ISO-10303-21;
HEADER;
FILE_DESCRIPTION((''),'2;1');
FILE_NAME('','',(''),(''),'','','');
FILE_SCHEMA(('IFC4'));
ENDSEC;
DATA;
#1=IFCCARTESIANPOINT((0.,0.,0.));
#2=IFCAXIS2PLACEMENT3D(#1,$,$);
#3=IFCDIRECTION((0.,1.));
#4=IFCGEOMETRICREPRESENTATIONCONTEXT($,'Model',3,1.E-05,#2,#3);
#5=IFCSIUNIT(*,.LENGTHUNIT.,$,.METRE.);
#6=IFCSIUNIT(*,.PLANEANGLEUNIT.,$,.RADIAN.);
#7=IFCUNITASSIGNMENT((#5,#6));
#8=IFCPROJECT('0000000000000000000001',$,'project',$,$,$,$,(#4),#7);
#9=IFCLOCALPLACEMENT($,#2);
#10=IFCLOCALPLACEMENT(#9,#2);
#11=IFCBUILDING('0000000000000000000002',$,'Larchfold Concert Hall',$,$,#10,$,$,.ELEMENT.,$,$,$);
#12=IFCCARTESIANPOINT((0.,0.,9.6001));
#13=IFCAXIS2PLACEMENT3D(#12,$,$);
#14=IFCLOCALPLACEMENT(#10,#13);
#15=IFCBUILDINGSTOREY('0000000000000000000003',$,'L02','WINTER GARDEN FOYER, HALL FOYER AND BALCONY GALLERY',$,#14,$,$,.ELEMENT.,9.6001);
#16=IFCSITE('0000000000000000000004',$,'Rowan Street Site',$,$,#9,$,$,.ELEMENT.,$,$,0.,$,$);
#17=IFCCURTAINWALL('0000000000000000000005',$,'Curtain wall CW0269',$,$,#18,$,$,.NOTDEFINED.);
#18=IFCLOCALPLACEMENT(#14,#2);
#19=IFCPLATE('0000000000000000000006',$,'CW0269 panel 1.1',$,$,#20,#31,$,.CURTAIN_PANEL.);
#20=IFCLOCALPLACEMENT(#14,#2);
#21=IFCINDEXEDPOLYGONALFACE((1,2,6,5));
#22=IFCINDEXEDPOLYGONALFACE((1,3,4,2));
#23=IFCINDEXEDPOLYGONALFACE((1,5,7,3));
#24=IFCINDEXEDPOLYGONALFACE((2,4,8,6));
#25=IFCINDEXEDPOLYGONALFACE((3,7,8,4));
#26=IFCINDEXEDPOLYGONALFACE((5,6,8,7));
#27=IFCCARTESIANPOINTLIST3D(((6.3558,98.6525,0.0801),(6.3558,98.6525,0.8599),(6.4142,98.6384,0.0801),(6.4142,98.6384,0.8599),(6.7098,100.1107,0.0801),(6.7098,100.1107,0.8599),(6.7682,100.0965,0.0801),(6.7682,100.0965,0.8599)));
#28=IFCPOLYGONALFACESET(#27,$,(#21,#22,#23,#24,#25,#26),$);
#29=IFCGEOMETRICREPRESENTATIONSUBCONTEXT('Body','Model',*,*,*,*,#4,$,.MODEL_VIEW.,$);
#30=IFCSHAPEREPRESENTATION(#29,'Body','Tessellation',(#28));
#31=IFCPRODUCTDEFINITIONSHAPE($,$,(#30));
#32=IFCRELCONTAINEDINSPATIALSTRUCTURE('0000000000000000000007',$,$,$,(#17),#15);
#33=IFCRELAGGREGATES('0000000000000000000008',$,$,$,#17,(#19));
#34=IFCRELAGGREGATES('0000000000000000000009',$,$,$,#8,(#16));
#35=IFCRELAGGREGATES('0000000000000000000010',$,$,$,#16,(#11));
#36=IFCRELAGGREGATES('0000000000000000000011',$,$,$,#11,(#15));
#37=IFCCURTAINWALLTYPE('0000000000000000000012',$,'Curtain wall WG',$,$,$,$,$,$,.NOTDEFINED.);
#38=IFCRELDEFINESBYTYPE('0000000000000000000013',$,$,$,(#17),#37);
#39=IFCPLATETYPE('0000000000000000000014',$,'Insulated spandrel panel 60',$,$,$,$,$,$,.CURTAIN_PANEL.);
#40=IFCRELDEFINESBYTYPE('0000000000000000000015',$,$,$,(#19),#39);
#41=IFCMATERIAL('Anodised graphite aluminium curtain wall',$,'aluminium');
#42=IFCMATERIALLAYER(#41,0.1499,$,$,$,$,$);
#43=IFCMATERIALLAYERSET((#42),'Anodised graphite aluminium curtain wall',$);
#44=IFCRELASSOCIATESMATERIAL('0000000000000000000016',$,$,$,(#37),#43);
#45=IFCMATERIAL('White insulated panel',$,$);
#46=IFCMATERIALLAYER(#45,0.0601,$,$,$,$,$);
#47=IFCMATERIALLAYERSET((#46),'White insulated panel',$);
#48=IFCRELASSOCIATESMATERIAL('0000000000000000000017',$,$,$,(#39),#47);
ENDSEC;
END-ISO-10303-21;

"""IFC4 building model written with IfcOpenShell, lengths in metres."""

from ifc_helpers import new_model, si_unit, direction, frame, origin, origin_2d, place, context, subcontext, project, spatial, rectangle, extrude, material, layer, layer_set, type_object, element, aggregate, save


model = new_model("IFC4")

# Units and contexts
model_context = context("Model", 3, precision=1e-05, world=origin(), true_north=direction((0.0, 1.0)))
body_context = subcontext(model_context, "Body", "Model", "MODEL_VIEW")
ifc_project = project(units=[si_unit("LENGTHUNIT", "METRE"), si_unit("PLANEANGLEUNIT", "RADIAN")], contexts=[model_context])

# Site, building, storey
site_placement = place(None, origin())
site = spatial("IfcSite", under=ifc_project, at=site_placement, Name="Rowan Street Site", CompositionType="ELEMENT", RefElevation=0.0)
building_placement = place(site_placement, origin())
building = spatial("IfcBuilding", under=site, at=building_placement, Name="Larchfold Concert Hall", CompositionType="ELEMENT")
storey_placement = place(building_placement, frame((0.0, 0.0, 9.6001)))
storey = spatial("IfcBuildingStorey", under=building, at=storey_placement, Name="L02", Description="WINTER GARDEN FOYER, HALL FOYER AND BALCONY GALLERY", CompositionType="ELEMENT", Elevation=9.6001)

# Curtain wall
ifc_material_1 = material(Name="Anodised graphite aluminium curtain wall", Category="aluminium")
ifc_layer_1 = layer(ifc_material_1, 0.1499)
ifc_layer_set_1 = layer_set([ifc_layer_1], Name="Anodised graphite aluminium curtain wall")
curtain_wall_type = type_object("IfcCurtainWallType", Name="Curtain wall WG", PredefinedType="NOTDEFINED", material=ifc_layer_set_1)
curtain_wall_1_placement = place(storey_placement, origin())
curtain_wall_1 = element("IfcCurtainWall", 1, at=curtain_wall_1_placement, inside=storey, type_object=curtain_wall_type, Name="Curtain wall CW0269", PredefinedType="NOTDEFINED")

# Plate
ifc_material_2 = material(Name="White insulated panel")
ifc_layer_2 = layer(ifc_material_2, 0.0601)
ifc_layer_set_2 = layer_set([ifc_layer_2], Name="White insulated panel")
plate_type_1 = type_object("IfcPlateType", Name="Insulated spandrel panel 60", PredefinedType="CURTAIN_PANEL", material=ifc_layer_set_2)
plate_1_placement = place(storey_placement, frame((6.562, 99.3745, 0.0801), z_axis=(0.0, 0.0, 1.0), x_axis=(-0.235938, -0.971768, 0.0)))
plate_1 = element("IfcPlate", 2, at=plate_1_placement, type_object=plate_type_1, Name="CW0269 panel 1.1", PredefinedType="CURTAIN_PANEL", context=body_context, shape_type="SweptSolid", body=[
    extrude(rectangle(XDim=1.5005, YDim=0.0601, at=origin_2d()), origin(), (0.0, 0.0, 1.0), 0.7798),
])
aggregate(curtain_wall_1, [plate_1])

save(model, "model.ifc")
